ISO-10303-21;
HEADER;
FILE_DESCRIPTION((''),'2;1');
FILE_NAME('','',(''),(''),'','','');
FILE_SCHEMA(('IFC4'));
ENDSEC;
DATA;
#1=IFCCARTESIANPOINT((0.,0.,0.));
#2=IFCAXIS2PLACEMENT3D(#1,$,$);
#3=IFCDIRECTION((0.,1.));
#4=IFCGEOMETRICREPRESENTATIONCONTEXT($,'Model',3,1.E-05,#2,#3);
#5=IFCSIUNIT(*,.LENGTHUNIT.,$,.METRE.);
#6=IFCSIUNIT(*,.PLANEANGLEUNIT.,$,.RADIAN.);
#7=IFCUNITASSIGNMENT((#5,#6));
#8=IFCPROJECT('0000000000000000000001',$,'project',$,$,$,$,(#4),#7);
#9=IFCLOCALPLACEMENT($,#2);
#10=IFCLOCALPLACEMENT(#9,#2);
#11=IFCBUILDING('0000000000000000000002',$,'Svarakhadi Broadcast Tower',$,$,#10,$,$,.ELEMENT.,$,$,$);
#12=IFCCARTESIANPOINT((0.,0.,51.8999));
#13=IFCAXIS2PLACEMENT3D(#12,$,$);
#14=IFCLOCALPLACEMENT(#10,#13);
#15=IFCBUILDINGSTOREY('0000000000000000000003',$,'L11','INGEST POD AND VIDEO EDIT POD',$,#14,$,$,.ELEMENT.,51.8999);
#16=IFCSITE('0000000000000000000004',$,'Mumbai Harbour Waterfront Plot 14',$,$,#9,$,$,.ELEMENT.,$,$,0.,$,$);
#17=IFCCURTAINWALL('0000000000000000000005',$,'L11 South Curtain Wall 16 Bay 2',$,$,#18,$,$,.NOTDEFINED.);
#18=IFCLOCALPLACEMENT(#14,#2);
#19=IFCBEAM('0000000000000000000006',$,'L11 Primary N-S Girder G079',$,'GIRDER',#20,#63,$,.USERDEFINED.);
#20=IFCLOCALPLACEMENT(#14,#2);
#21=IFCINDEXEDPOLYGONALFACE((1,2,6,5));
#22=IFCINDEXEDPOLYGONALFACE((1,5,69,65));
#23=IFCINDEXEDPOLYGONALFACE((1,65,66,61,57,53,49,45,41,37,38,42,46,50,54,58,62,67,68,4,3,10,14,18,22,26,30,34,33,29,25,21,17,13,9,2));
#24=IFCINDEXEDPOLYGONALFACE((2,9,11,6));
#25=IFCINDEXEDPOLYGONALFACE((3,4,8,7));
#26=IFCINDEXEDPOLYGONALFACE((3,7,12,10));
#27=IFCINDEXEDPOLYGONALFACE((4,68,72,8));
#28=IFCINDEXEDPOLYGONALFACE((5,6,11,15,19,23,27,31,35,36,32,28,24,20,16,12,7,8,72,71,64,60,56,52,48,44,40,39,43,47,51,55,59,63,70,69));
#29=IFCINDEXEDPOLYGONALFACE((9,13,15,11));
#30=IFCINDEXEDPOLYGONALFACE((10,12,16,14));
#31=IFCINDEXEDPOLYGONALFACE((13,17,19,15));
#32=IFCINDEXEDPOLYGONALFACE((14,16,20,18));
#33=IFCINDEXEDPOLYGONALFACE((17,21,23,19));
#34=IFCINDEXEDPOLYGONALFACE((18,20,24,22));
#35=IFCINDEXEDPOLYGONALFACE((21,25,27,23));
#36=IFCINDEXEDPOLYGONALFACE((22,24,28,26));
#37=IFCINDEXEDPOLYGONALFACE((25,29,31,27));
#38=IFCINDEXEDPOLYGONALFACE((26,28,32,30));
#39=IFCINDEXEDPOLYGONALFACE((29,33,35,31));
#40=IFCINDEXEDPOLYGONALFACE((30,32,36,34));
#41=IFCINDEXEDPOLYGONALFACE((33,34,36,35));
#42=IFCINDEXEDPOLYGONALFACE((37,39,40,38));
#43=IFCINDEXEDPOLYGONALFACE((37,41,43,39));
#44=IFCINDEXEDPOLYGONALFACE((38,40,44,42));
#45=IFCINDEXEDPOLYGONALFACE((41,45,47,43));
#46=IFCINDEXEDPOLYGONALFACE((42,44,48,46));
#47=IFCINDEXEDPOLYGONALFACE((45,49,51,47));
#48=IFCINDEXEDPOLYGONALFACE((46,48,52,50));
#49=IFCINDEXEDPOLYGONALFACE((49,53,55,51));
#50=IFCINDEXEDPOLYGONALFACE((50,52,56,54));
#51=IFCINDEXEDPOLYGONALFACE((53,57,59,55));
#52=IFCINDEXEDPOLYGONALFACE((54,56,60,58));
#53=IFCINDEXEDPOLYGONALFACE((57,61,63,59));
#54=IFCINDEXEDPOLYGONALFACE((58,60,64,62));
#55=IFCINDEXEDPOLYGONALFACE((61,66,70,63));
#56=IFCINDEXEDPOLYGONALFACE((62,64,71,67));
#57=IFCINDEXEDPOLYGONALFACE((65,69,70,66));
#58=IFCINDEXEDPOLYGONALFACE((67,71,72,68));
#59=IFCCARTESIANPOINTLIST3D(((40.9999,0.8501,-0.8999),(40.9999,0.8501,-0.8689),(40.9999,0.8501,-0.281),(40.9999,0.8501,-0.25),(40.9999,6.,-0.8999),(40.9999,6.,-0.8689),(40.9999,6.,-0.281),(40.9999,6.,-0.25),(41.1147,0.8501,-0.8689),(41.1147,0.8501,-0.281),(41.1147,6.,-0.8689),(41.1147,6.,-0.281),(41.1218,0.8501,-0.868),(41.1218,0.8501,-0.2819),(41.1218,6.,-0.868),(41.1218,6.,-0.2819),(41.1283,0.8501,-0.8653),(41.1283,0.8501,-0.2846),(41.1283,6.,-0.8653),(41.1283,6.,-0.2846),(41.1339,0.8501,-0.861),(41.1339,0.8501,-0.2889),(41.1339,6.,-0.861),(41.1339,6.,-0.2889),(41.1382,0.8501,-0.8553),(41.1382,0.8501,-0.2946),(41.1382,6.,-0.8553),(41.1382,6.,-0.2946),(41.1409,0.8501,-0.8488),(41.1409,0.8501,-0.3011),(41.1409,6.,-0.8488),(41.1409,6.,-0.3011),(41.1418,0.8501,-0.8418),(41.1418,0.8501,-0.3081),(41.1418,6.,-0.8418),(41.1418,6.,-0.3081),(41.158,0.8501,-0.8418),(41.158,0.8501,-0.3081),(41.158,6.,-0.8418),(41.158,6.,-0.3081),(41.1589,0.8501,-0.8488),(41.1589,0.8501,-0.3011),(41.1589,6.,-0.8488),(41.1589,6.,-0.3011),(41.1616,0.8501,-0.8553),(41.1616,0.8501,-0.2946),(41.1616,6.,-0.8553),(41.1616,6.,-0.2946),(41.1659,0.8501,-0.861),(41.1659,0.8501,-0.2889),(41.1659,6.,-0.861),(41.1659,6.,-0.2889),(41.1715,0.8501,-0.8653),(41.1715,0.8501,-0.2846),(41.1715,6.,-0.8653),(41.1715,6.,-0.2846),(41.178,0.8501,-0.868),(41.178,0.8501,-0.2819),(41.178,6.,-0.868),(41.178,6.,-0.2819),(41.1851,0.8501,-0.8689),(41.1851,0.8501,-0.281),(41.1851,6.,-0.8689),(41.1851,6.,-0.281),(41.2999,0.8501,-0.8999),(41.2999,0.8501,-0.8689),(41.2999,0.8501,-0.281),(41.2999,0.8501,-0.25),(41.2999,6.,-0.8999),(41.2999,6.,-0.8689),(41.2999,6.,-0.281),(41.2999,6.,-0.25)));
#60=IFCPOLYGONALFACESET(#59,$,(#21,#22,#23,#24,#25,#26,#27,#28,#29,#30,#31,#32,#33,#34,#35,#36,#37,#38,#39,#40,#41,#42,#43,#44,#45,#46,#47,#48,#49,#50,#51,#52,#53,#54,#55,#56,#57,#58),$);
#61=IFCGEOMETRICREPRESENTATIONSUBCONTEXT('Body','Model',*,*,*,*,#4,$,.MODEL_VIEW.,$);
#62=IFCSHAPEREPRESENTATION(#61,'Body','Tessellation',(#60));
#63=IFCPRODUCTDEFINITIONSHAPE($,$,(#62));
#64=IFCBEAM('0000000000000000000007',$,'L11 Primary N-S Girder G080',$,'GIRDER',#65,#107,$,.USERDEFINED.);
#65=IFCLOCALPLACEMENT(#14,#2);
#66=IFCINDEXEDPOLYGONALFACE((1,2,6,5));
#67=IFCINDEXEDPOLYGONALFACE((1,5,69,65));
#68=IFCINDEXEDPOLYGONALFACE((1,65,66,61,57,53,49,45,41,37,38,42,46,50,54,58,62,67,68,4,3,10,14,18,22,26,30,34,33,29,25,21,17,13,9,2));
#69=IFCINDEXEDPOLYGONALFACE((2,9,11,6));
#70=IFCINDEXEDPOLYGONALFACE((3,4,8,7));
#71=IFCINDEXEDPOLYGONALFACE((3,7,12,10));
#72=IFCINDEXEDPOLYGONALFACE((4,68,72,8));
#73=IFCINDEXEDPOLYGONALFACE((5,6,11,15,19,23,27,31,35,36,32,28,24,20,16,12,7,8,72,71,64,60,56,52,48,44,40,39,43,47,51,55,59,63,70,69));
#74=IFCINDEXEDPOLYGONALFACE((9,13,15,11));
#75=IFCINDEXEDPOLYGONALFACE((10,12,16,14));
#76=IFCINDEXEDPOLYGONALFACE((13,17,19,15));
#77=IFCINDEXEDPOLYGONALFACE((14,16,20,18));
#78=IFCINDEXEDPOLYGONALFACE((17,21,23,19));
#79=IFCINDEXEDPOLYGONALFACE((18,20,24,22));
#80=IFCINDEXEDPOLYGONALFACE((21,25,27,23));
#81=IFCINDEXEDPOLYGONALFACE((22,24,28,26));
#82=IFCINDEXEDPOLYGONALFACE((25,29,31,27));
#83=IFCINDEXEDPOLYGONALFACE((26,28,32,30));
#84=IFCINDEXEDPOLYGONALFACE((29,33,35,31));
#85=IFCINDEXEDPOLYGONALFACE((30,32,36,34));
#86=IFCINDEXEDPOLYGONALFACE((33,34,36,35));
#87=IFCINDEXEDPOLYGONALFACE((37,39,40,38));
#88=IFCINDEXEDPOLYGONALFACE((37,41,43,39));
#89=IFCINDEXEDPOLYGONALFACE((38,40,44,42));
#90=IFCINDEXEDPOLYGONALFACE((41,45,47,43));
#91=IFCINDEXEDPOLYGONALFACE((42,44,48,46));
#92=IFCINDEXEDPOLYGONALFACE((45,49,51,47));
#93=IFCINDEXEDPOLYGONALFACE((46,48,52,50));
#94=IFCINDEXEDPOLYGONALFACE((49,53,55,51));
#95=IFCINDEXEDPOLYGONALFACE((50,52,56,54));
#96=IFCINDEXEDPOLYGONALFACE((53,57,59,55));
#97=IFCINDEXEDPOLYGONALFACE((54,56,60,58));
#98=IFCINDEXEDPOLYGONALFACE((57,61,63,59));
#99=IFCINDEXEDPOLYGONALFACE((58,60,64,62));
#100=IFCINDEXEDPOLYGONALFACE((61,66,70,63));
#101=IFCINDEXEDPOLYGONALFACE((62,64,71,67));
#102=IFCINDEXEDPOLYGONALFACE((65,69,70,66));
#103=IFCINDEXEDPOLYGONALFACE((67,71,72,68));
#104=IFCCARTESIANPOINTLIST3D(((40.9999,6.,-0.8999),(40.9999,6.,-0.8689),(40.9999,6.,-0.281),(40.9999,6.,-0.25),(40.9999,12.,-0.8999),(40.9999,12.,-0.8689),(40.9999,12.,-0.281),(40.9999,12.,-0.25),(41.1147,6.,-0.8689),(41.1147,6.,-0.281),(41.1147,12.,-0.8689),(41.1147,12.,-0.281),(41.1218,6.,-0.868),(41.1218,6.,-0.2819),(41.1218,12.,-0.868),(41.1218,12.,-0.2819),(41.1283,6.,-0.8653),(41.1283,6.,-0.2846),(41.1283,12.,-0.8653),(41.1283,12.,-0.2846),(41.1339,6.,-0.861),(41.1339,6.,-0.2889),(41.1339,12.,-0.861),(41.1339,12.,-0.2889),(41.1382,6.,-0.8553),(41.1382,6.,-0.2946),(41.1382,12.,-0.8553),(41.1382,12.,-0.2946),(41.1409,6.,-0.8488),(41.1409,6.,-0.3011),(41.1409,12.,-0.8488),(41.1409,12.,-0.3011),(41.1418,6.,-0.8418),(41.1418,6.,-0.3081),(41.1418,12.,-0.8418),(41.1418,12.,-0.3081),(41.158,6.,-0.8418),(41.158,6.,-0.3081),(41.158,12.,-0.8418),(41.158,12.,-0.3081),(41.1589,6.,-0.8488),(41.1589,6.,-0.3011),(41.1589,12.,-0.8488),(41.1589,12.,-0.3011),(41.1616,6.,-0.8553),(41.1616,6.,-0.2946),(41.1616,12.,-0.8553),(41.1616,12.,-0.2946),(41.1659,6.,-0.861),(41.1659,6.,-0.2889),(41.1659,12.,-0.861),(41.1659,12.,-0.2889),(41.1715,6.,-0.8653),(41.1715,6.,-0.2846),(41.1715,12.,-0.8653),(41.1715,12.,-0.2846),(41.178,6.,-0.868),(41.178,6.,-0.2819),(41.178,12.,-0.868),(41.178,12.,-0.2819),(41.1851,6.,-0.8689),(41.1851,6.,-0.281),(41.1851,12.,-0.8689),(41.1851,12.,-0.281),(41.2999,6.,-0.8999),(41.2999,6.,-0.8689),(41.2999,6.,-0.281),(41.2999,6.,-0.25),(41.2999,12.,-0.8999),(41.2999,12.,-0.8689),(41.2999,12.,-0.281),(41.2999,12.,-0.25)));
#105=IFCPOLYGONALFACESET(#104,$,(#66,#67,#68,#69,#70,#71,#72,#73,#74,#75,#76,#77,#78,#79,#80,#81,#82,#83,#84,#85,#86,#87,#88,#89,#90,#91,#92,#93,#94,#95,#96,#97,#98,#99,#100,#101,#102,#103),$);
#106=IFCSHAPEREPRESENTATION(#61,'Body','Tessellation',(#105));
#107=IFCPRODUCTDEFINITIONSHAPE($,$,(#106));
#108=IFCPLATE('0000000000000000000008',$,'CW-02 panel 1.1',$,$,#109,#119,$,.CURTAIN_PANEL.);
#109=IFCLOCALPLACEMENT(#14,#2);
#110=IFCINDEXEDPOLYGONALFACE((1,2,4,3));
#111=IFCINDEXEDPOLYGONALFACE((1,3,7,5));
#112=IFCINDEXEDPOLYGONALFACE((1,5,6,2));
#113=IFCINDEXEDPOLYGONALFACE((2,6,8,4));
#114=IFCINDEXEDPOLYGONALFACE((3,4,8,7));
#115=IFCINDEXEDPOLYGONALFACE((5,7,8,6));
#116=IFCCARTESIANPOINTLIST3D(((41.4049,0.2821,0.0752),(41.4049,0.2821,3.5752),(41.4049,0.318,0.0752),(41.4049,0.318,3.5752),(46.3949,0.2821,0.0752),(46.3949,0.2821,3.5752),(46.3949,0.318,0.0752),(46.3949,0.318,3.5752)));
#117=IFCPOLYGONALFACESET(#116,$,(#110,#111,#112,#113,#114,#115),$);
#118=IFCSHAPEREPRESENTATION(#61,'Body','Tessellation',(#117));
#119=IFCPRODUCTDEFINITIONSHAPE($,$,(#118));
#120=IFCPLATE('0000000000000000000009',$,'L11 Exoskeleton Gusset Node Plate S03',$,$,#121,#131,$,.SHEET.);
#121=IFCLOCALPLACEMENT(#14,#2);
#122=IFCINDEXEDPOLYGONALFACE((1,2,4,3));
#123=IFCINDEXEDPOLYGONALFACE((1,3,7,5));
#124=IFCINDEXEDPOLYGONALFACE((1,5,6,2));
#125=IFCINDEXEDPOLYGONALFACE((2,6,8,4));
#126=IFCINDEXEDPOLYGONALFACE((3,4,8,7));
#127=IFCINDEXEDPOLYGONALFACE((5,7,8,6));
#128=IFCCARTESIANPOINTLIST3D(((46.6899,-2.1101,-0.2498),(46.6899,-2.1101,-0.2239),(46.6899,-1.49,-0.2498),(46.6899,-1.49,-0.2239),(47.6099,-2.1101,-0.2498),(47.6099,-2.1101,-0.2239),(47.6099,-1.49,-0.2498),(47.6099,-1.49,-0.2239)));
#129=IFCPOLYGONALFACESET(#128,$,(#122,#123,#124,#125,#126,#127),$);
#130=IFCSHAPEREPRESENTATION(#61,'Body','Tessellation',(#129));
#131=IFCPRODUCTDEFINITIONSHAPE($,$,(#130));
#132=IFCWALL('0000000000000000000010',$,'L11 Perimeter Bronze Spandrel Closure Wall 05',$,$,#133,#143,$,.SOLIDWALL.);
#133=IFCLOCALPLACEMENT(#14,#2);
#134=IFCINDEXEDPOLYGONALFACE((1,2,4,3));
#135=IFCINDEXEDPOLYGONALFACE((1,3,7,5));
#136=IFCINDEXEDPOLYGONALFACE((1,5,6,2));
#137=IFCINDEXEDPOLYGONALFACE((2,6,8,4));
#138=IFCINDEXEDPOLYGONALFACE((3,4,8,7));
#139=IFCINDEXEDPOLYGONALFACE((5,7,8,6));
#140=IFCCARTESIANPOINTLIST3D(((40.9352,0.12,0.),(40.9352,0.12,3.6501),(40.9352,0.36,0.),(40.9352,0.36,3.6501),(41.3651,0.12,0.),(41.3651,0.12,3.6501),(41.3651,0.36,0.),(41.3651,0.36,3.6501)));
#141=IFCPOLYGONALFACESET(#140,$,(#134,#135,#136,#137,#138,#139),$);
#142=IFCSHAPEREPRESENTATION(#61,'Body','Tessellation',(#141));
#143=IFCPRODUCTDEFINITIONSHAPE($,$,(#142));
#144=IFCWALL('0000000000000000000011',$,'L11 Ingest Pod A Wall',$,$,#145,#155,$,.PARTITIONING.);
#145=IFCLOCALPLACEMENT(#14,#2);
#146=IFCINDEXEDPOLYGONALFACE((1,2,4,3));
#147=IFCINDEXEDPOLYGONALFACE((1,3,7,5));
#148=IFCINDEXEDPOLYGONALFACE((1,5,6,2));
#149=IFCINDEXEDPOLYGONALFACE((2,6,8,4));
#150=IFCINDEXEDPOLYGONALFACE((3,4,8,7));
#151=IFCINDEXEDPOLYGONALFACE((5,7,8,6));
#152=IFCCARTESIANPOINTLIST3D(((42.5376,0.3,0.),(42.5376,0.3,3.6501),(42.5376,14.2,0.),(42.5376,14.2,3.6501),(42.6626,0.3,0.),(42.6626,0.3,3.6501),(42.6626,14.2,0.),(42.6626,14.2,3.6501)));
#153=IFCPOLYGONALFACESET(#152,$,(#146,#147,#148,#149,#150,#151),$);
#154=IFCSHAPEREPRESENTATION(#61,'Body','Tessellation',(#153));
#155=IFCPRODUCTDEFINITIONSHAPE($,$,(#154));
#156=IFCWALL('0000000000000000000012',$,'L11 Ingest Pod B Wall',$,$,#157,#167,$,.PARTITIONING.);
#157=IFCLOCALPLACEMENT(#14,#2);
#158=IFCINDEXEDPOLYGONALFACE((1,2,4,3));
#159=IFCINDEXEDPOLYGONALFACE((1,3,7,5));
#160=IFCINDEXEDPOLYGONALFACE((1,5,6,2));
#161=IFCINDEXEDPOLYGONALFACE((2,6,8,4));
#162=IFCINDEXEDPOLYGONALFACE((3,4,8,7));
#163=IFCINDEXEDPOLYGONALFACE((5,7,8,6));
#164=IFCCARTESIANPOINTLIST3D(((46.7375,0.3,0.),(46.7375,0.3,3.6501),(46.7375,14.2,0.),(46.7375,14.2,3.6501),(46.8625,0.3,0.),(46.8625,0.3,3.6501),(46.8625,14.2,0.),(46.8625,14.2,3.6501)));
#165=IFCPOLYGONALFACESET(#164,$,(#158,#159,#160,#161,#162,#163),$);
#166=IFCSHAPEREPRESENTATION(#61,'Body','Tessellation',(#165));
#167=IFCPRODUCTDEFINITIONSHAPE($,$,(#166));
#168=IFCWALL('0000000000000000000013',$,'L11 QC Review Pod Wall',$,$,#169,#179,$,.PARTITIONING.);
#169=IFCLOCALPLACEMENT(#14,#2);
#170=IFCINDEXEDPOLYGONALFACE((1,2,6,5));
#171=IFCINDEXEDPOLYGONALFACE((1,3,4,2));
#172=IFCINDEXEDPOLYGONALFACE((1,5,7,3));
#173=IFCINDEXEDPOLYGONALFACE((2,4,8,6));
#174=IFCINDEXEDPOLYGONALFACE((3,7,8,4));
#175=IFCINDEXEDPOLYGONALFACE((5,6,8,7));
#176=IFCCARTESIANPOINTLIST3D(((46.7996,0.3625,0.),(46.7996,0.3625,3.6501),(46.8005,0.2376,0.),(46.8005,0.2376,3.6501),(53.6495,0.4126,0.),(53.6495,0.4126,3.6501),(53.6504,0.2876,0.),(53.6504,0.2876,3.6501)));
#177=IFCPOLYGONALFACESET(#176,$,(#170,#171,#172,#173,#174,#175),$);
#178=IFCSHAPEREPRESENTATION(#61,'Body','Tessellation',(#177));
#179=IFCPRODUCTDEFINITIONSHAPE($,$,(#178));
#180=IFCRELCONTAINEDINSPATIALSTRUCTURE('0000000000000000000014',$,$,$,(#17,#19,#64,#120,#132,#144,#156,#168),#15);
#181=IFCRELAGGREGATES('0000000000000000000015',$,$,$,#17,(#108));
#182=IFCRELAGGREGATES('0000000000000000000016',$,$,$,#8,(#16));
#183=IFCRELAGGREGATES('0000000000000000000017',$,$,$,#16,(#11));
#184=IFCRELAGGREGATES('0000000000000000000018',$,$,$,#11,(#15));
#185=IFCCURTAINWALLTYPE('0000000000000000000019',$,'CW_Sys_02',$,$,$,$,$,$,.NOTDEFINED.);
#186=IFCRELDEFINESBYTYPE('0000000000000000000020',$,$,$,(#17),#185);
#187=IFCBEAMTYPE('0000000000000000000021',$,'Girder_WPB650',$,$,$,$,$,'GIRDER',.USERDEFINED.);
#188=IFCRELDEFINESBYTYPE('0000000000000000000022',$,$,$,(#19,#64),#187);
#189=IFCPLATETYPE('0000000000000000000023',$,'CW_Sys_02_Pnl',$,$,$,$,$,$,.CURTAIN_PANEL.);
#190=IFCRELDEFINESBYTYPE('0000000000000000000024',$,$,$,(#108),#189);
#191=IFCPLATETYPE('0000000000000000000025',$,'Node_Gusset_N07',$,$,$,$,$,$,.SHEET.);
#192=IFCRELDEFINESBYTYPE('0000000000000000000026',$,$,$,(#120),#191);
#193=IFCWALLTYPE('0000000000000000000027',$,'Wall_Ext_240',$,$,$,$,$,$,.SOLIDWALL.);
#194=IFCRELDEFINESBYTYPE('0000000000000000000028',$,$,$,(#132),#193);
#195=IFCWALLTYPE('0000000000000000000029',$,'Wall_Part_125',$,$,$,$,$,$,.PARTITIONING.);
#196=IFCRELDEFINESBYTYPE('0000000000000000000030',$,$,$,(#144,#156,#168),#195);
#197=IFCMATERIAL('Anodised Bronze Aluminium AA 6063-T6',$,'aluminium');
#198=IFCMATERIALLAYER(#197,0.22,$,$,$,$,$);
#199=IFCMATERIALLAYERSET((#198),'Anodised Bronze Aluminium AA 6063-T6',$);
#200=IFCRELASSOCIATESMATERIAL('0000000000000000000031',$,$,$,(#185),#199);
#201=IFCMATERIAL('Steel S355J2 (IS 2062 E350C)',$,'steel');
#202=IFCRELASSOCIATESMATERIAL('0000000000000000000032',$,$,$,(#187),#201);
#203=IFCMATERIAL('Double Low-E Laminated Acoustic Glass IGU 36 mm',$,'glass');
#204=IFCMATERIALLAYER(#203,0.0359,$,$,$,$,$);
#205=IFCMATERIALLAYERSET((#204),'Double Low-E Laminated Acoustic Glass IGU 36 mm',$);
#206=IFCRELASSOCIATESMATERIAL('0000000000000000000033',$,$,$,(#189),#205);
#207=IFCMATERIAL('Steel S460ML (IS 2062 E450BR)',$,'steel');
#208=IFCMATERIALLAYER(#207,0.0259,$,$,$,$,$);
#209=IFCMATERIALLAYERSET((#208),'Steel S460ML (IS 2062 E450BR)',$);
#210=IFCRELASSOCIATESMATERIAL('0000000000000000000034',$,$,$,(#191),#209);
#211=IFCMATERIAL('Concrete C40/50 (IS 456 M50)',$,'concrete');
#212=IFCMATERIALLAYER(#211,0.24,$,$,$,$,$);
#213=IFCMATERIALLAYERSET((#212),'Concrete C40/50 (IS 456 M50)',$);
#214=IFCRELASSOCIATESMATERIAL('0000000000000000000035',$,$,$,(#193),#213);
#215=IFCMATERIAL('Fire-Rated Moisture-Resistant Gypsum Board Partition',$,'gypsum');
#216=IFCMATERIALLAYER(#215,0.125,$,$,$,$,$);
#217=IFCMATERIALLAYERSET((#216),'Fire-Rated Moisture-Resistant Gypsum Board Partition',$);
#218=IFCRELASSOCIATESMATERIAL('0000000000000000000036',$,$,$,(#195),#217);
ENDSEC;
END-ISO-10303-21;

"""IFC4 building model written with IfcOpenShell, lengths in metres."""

from ifc_helpers import new_model, si_unit, direction, frame, frame_2d, origin, origin_2d, place, context, subcontext, project, spatial, rectangle, i_section, extrude, material, layer, layer_set, material_profile, profile_set, type_object, element, aggregate, save


model = new_model("IFC4")

# Units and contexts
model_context = context("Model", 3, precision=1e-05, world=origin(), true_north=direction((0.0, 1.0)))
body_context = subcontext(model_context, "Body", "Model", "MODEL_VIEW")
ifc_project = project(units=[si_unit("LENGTHUNIT", "METRE"), si_unit("PLANEANGLEUNIT", "RADIAN")], contexts=[model_context])

# Site, building, storey
site_placement = place(None, origin())
site = spatial("IfcSite", under=ifc_project, at=site_placement, Name="Mumbai Harbour Waterfront Plot 14", CompositionType="ELEMENT", RefElevation=0.0)
building_placement = place(site_placement, origin())
building = spatial("IfcBuilding", under=site, at=building_placement, Name="Svarakhadi Broadcast Tower", CompositionType="ELEMENT")
storey_placement = place(building_placement, frame((0.0, 0.0, 51.8999)))
storey = spatial("IfcBuildingStorey", under=building, at=storey_placement, Name="L11", Description="INGEST POD AND VIDEO EDIT POD", CompositionType="ELEMENT", Elevation=51.8999)

# Shared definitions
ifc_material_1 = material(Name="Steel S460ML (IS 2062 E450BR)", Category="steel")

# Shared definitions
ifc_material_2 = material(Name="Steel S355J2 (IS 2062 E350C)", Category="steel")

# Curtain wall
ifc_material_3 = material(Name="Anodised Bronze Aluminium AA 6063-T6", Category="aluminium")
ifc_layer_1 = layer(ifc_material_3, 0.22)
ifc_layer_set_1 = layer_set([ifc_layer_1], Name="Anodised Bronze Aluminium AA 6063-T6")
curtain_wall_type = type_object("IfcCurtainWallType", Name="CW_Sys_02", PredefinedType="NOTDEFINED", material=ifc_layer_set_1)
curtain_wall_placement = place(storey_placement, origin())
curtain_wall = element("IfcCurtainWall", 1, at=curtain_wall_placement, inside=storey, type_object=curtain_wall_type, Name="L11 South Curtain Wall 16 Bay 2", PredefinedType="NOTDEFINED")

# Beams
ifc_material_profile_1 = material_profile(ifc_material_2, i_section(OverallWidth=0.3, OverallDepth=0.6499, WebThickness=0.0161, FlangeThickness=0.031, FilletRadius=0.0271, at=origin_2d()), Name="WPB 650x300x225")
ifc_profile_set_1 = profile_set([ifc_material_profile_1], Name="Steel S355J2 (IS 2062 E350C)")
beam_type_1 = type_object("IfcBeamType", Name="Girder_WPB650", ElementType="GIRDER", PredefinedType="USERDEFINED", material=ifc_profile_set_1)
beam_1_placement = place(storey_placement, frame((41.1499, 0.8501, -0.575), z_axis=(0.0, 1.0, 0.0), x_axis=(-1.0, 0.0, 0.0)))
element("IfcBeam", 2, at=beam_1_placement, inside=storey, type_object=beam_type_1, Name="L11 Primary N-S Girder G079", ObjectType="GIRDER", PredefinedType="USERDEFINED", context=body_context, shape_type="SweptSolid", body=[
    extrude(i_section(OverallWidth=0.3, OverallDepth=0.6499, WebThickness=0.0161, FlangeThickness=0.031, FilletRadius=0.0271, at=origin_2d()), origin(), (0.0, 0.0, 1.0), 5.1499),
])
beam_2_placement = place(storey_placement, frame((41.1499, 6.0, -0.575), z_axis=(0.0, 1.0, 0.0), x_axis=(-1.0, 0.0, 0.0)))
element("IfcBeam", 3, at=beam_2_placement, inside=storey, type_object=beam_type_1, Name="L11 Primary N-S Girder G080", ObjectType="GIRDER", PredefinedType="USERDEFINED", context=body_context, shape_type="SweptSolid", body=[
    extrude(i_section(OverallWidth=0.3, OverallDepth=0.6499, WebThickness=0.0161, FlangeThickness=0.031, FilletRadius=0.0271, at=origin_2d()), origin(), (0.0, 0.0, 1.0), 6.0),
])

# Plates
ifc_material_4 = material(Name="Double Low-E Laminated Acoustic Glass IGU 36 mm", Category="glass")
ifc_layer_2 = layer(ifc_material_4, 0.0359)
ifc_layer_set_2 = layer_set([ifc_layer_2], Name="Double Low-E Laminated Acoustic Glass IGU 36 mm")
plate_type_1 = type_object("IfcPlateType", Name="CW_Sys_02_Pnl", PredefinedType="CURTAIN_PANEL", material=ifc_layer_set_2)
plate_1_placement = place(storey_placement, frame((43.8999, 0.3, 0.0752), z_axis=(0.0, 0.0, 1.0), x_axis=(-1.0, 0.0, 0.0)))
plate_1 = element("IfcPlate", 4, at=plate_1_placement, type_object=plate_type_1, Name="CW-02 panel 1.1", PredefinedType="CURTAIN_PANEL", context=body_context, shape_type="SweptSolid", body=[
    extrude(rectangle(XDim=4.99, YDim=0.0359, at=origin_2d()), origin(), (0.0, 0.0, 1.0), 3.5),
])
aggregate(curtain_wall, [plate_1])
ifc_layer_3 = layer(ifc_material_1, 0.0259)
ifc_layer_set_3 = layer_set([ifc_layer_3], Name="Steel S460ML (IS 2062 E450BR)")
plate_type_2 = type_object("IfcPlateType", Name="Node_Gusset_N07", PredefinedType="SHEET", material=ifc_layer_set_3)
plate_2_placement = place(storey_placement, frame((47.1499, -1.8, -0.2498), z_axis=(0.0, 0.0, 1.0), x_axis=(1.0, 0.0, 0.0)))
element("IfcPlate", 5, at=plate_2_placement, inside=storey, type_object=plate_type_2, Name="L11 Exoskeleton Gusset Node Plate S03", PredefinedType="SHEET", context=body_context, shape_type="SweptSolid", body=[
    extrude(rectangle(XDim=0.9199, YDim=0.6201, at=origin_2d()), origin(), (0.0, 0.0, 1.0), 0.0259),
])

# Walls
ifc_material_5 = material(Name="Concrete C40/50 (IS 456 M50)", Category="concrete")
ifc_layer_4 = layer(ifc_material_5, 0.24)
ifc_layer_set_4 = layer_set([ifc_layer_4], Name="Concrete C40/50 (IS 456 M50)")
wall_type_1 = type_object("IfcWallType", Name="Wall_Ext_240", PredefinedType="SOLIDWALL", material=ifc_layer_set_4)
wall_1_placement = place(storey_placement, frame((41.365, 0.24, 0.0), z_axis=(0.0, 0.0, 1.0), x_axis=(-1.0, 0.0, 0.0)))
element("IfcWall", 6, at=wall_1_placement, inside=storey, type_object=wall_type_1, Name="L11 Perimeter Bronze Spandrel Closure Wall 05", PredefinedType="SOLIDWALL", context=body_context, shape_type="SweptSolid", body=[
    extrude(rectangle(XDim=0.4299, YDim=0.24, at=frame_2d((0.2148, 0.0))), origin(), (0.0, 0.0, 1.0), 3.6501),
])
ifc_material_6 = material(Name="Fire-Rated Moisture-Resistant Gypsum Board Partition", Category="gypsum")
ifc_layer_5 = layer(ifc_material_6, 0.125)
ifc_layer_set_5 = layer_set([ifc_layer_5], Name="Fire-Rated Moisture-Resistant Gypsum Board Partition")
wall_type_2 = type_object("IfcWallType", Name="Wall_Part_125", PredefinedType="PARTITIONING", material=ifc_layer_set_5)
for number, where, z_axis, x_axis, name in (
    (7, (42.6001, 0.3, 0.0), (0.0, 0.0, 1.0), (0.0, 1.0, 0.0), "L11 Ingest Pod A Wall"),
    (8, (46.8, 0.3, 0.0), (0.0, 0.0, 1.0), (0.0, 1.0, 0.0), "L11 Ingest Pod B Wall"),
):
    element("IfcWall", number, at=place(storey_placement, frame(where, z_axis=z_axis, x_axis=x_axis)), inside=storey, type_object=wall_type_2, Name=name, PredefinedType="PARTITIONING", context=body_context, shape_type="SweptSolid", body=[
        extrude(rectangle(XDim=13.8999, YDim=0.125, at=frame_2d((6.95, 0.0))), origin(), (0.0, 0.0, 1.0), 3.6501),
    ])
wall_2_placement = place(storey_placement, frame((46.8, 0.3, 0.0), z_axis=(0.0, 0.0, 1.0), x_axis=(0.999973, 0.007306, 0.0)))
element("IfcWall", 9, at=wall_2_placement, inside=storey, type_object=wall_type_2, Name="L11 QC Review Pod Wall", PredefinedType="PARTITIONING", context=body_context, shape_type="SweptSolid", body=[
    extrude(rectangle(XDim=6.8501, YDim=0.125, at=frame_2d((3.425, 0.0))), origin(), (0.0, 0.0, 1.0), 3.6501),
])

save(model, "model.ifc")
